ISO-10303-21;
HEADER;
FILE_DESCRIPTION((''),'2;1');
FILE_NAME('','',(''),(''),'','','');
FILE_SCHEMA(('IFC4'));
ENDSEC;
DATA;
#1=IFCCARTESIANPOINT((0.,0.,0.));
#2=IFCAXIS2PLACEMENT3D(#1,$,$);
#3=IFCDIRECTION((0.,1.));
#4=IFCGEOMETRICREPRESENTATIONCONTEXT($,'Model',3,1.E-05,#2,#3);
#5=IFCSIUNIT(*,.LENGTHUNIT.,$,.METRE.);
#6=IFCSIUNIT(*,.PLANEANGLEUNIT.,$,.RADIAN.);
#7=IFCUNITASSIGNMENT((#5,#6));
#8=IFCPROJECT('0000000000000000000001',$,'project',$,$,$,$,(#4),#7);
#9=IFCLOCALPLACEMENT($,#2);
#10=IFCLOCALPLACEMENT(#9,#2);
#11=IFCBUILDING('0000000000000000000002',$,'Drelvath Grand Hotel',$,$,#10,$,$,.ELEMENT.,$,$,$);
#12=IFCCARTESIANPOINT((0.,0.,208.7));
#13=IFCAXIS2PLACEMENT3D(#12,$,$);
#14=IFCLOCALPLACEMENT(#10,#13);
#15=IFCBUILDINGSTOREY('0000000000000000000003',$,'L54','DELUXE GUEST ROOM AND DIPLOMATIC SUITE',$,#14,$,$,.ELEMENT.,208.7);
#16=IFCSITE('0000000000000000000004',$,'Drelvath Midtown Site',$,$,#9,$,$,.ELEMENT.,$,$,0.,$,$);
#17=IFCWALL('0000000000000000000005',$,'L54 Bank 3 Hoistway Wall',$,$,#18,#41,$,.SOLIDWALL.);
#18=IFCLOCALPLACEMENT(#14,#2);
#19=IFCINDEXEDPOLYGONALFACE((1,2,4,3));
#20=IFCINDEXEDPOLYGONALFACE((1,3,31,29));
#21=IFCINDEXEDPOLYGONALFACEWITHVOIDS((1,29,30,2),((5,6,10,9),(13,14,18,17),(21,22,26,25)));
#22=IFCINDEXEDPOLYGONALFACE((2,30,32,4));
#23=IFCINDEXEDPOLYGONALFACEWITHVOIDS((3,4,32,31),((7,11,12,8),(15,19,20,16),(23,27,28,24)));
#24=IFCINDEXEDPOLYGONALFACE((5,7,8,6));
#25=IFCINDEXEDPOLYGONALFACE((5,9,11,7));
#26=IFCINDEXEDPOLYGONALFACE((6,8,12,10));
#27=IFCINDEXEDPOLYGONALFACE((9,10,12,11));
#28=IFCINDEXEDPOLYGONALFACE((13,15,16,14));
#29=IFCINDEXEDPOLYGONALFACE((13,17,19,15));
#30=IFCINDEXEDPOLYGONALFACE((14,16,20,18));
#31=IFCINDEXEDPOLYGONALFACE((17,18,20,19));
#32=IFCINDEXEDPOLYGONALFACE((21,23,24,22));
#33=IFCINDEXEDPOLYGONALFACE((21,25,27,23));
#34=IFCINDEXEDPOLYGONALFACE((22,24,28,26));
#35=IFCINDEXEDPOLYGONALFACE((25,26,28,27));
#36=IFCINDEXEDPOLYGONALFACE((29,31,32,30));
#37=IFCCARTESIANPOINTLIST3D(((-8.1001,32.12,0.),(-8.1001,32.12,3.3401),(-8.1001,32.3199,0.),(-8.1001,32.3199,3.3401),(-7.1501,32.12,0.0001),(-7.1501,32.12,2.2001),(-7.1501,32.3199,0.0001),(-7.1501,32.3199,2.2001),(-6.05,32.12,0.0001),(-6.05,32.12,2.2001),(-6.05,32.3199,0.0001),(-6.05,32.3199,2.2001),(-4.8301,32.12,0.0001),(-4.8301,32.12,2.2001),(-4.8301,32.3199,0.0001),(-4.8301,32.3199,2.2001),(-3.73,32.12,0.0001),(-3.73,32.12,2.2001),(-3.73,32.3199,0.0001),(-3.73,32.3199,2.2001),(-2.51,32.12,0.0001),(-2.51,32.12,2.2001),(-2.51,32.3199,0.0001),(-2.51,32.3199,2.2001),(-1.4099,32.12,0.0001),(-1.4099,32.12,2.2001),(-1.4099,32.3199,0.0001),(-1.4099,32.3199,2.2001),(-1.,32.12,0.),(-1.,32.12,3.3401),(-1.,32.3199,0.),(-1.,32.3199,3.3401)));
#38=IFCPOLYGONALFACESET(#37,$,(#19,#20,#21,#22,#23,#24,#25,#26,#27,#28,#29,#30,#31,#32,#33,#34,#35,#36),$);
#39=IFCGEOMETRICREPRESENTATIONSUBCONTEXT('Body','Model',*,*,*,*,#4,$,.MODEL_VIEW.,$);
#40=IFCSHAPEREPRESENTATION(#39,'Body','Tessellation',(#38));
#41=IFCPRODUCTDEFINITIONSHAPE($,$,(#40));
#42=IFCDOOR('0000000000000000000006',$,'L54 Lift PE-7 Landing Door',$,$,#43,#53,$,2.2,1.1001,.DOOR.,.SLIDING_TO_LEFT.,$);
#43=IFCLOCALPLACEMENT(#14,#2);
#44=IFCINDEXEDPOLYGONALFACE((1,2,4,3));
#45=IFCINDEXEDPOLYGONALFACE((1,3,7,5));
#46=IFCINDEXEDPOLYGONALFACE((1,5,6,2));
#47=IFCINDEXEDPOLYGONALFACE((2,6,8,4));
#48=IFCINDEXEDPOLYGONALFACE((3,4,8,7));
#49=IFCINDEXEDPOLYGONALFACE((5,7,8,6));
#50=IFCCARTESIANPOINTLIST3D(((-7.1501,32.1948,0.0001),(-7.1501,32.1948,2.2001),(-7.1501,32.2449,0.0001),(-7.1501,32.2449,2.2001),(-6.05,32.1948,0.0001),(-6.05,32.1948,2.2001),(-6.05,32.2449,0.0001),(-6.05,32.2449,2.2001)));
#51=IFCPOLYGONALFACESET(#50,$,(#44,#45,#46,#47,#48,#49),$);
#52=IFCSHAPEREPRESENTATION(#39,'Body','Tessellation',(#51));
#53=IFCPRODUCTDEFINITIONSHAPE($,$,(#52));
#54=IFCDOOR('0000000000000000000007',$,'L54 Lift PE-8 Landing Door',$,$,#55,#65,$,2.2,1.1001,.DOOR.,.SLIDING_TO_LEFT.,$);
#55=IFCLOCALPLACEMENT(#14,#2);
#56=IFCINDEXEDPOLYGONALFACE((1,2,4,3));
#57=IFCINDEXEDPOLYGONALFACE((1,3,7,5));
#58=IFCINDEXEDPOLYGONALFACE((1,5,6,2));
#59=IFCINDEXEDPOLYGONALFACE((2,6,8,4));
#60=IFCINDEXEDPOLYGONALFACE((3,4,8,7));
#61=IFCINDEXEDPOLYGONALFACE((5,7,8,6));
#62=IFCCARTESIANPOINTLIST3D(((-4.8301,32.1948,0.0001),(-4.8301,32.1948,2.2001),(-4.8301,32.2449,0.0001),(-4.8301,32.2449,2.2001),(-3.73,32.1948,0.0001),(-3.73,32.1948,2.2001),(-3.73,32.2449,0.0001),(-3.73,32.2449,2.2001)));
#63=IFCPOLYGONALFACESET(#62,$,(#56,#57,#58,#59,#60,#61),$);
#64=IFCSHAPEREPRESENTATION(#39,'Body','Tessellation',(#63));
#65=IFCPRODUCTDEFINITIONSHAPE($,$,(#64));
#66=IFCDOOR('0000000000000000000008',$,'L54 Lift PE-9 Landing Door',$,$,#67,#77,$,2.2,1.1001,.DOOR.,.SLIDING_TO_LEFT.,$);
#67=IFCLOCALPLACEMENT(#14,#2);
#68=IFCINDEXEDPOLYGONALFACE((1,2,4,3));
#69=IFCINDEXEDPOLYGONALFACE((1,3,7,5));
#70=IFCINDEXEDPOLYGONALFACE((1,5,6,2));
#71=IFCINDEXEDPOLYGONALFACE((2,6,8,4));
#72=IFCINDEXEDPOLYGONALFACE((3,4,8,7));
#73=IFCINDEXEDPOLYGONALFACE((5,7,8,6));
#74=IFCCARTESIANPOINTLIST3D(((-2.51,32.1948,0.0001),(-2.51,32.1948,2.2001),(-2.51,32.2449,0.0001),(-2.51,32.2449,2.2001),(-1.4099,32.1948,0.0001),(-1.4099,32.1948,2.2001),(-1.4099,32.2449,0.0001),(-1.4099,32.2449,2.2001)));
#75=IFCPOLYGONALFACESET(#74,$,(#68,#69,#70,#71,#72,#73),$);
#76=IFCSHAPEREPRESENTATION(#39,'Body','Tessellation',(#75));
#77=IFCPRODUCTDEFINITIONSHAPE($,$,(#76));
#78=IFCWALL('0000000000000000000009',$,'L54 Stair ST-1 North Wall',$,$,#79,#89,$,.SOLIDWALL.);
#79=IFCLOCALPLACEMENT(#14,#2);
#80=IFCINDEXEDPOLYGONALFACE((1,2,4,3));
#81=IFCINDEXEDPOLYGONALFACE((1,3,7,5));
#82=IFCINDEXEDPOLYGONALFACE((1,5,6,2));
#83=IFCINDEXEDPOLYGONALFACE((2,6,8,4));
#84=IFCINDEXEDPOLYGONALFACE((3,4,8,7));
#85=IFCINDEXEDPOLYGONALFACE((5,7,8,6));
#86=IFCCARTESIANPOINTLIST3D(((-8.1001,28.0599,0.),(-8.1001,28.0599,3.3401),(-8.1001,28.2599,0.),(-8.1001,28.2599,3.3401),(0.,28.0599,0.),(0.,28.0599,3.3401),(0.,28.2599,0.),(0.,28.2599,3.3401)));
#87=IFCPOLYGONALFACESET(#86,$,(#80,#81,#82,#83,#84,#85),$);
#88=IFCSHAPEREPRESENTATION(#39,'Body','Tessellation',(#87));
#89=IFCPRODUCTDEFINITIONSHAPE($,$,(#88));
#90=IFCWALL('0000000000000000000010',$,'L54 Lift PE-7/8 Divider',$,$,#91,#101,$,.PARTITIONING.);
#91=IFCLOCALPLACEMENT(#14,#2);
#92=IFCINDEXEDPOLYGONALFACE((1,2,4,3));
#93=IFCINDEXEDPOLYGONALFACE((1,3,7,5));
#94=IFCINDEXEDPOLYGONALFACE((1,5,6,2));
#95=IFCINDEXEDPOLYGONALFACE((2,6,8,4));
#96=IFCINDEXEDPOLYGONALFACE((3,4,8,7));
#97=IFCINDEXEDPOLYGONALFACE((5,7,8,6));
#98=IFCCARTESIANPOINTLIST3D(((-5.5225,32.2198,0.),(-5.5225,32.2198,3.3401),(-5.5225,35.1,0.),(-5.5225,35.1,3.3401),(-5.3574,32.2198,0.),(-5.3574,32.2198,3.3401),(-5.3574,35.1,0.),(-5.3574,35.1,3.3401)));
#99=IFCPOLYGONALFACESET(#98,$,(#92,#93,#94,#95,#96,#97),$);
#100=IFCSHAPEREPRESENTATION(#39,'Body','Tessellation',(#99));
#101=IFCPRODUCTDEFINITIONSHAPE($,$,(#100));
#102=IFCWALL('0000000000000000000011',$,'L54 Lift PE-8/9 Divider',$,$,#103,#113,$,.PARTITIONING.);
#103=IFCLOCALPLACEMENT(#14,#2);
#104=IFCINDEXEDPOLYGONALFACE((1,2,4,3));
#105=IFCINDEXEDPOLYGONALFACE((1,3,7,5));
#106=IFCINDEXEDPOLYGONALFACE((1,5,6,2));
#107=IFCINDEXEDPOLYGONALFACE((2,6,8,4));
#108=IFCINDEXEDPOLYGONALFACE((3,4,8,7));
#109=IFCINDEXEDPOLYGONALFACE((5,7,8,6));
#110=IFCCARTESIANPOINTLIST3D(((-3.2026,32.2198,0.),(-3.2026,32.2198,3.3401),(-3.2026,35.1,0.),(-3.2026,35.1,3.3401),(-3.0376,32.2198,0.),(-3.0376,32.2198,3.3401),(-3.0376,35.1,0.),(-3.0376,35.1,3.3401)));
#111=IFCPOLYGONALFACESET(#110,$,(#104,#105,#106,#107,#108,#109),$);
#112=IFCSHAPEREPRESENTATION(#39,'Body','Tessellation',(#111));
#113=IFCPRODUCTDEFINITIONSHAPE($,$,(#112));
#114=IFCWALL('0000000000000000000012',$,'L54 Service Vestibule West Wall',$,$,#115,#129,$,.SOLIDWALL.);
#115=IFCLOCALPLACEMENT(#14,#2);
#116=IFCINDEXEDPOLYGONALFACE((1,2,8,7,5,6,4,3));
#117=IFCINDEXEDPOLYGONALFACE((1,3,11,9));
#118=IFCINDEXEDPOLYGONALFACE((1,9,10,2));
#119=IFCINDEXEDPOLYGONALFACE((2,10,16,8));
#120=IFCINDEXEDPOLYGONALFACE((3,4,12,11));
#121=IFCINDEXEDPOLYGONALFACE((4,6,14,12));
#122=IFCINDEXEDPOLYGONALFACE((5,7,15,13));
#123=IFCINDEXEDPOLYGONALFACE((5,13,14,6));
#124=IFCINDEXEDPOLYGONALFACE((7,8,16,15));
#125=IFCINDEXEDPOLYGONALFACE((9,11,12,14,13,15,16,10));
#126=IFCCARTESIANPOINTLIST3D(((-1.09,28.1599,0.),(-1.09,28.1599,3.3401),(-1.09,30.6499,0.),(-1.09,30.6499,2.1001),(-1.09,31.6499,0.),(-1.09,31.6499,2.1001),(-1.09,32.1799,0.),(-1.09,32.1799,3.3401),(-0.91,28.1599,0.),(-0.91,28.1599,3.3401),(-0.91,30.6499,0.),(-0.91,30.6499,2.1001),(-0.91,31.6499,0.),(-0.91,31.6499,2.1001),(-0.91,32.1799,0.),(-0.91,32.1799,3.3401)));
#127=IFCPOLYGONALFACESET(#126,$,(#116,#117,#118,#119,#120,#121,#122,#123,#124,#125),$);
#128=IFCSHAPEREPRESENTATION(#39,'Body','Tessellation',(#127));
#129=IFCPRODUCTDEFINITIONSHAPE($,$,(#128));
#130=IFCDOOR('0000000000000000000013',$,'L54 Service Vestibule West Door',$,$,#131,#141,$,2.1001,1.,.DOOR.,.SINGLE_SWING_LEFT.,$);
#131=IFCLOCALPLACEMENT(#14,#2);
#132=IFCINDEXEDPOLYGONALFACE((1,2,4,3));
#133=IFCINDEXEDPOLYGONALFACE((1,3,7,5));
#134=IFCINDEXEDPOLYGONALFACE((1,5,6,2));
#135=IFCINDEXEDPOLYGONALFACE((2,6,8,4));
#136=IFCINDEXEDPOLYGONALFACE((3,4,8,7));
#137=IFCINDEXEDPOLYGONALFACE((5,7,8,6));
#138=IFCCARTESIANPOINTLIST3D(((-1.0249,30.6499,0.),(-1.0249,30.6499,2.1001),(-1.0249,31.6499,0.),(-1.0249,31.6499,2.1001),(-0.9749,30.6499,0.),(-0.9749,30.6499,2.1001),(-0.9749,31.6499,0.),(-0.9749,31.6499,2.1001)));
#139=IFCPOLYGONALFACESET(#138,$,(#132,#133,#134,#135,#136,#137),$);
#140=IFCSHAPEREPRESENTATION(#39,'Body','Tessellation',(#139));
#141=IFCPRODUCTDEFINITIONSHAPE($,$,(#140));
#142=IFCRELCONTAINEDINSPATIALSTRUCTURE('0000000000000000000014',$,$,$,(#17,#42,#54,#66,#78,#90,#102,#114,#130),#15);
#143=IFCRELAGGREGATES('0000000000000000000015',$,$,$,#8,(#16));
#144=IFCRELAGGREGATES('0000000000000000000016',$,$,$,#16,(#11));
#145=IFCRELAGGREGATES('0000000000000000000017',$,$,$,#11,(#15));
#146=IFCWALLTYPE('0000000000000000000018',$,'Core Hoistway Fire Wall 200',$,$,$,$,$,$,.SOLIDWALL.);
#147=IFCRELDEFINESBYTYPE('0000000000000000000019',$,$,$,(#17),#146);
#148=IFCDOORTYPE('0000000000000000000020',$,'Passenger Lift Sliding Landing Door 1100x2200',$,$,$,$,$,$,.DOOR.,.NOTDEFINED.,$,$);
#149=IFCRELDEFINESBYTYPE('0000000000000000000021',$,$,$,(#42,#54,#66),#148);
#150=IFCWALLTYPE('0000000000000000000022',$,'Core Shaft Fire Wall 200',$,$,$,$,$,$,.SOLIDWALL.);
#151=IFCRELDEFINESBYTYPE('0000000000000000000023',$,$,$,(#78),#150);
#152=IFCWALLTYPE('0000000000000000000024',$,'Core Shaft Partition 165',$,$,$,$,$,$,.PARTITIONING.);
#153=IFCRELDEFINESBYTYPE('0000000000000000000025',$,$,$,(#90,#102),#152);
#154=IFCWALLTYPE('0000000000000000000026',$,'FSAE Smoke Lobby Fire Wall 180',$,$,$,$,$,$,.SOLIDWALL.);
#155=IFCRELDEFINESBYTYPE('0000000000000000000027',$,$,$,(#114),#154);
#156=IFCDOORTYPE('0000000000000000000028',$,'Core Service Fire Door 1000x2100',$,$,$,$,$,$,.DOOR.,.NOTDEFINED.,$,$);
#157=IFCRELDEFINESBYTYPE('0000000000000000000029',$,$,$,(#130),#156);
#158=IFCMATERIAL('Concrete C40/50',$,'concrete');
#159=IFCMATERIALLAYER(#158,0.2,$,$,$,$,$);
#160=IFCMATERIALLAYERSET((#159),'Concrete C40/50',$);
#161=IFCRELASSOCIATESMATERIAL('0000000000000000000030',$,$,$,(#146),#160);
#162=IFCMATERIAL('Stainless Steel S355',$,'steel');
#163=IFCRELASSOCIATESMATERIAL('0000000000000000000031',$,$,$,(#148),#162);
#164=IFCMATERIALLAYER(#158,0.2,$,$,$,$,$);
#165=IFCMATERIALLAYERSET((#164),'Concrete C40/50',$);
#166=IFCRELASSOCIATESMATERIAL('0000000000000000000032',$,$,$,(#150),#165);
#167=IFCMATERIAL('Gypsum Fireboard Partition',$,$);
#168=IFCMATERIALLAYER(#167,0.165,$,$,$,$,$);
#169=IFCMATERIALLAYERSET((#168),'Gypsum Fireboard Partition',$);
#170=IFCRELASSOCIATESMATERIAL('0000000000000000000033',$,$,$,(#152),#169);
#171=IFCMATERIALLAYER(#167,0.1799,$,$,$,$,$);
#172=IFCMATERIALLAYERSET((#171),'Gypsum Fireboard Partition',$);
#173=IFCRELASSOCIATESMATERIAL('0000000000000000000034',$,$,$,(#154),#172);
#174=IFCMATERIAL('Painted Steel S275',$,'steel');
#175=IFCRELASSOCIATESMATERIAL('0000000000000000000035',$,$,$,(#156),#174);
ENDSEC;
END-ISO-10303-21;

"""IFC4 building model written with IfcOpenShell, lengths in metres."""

from ifc_helpers import new_model, si_unit, direction, frame, frame_2d, origin, place, context, subcontext, project, spatial, rectangle, extrude, material, layer, layer_set, type_object, element, fill, save


model = new_model("IFC4")

# Units and contexts
model_context = context("Model", 3, precision=1e-05, world=origin(), true_north=direction((0.0, 1.0)))
body_context = subcontext(model_context, "Body", "Model", "MODEL_VIEW")
ifc_project = project(units=[si_unit("LENGTHUNIT", "METRE"), si_unit("PLANEANGLEUNIT", "RADIAN")], contexts=[model_context])

# Site, building, storey
site_placement = place(None, origin())
site = spatial("IfcSite", under=ifc_project, at=site_placement, Name="Drelvath Midtown Site", CompositionType="ELEMENT", RefElevation=0.0)
building_placement = place(site_placement, origin())
building = spatial("IfcBuilding", under=site, at=building_placement, Name="Drelvath Grand Hotel", CompositionType="ELEMENT")
storey_placement = place(building_placement, frame((0.0, 0.0, 208.7)))
storey = spatial("IfcBuildingStorey", under=building, at=storey_placement, Name="L54", Description="DELUXE GUEST ROOM AND DIPLOMATIC SUITE", CompositionType="ELEMENT", Elevation=208.7)

# Shared definitions
ifc_material_1 = material(Name="Painted Steel S275", Category="steel")

# Wall, openings, doors
ifc_material_2 = material(Name="Concrete C40/50", Category="concrete")
ifc_layer_1 = layer(ifc_material_2, 0.2)
ifc_layer_set_1 = layer_set([ifc_layer_1], Name="Concrete C40/50")
wall_type_1 = type_object("IfcWallType", Name="Core Hoistway Fire Wall 200", PredefinedType="SOLIDWALL", material=ifc_layer_set_1)
ifc_material_3 = material(Name="Stainless Steel S355", Category="steel")
wall_1_placement = place(storey_placement, frame((-8.1001, 32.22, 0.0), z_axis=(0.0, 0.0, 1.0), x_axis=(1.0, 0.0, 0.0)))
wall_1 = element("IfcWall", 1, at=wall_1_placement, inside=storey, type_object=wall_type_1, Name="L54 Bank 3 Hoistway Wall", PredefinedType="SOLIDWALL", context=body_context, shape_type="SweptSolid", body=[
    extrude(rectangle(XDim=7.1001, YDim=0.2, at=frame_2d((3.55, 0.0))), origin(), (0.0, 0.0, 1.0), 3.3401),
])
opening_1_placement = place(wall_1_placement, frame((0.95, 0.0, 0.0)))
opening_1 = element("IfcOpeningElement", 2, at=opening_1_placement, cuts=wall_1, PredefinedType="OPENING", context=body_context, shape_type="SweptSolid", body=[
    extrude(rectangle(XDim=1.1001, YDim=2.2, at=frame_2d((0.55, 1.1001))), frame((0.0, 0.1099, 0.0), z_axis=(0.0, -1.0, 0.0), x_axis=(1.0, 0.0, 0.0)), (0.0, 0.0, 1.0), 0.22),
])
opening_2_placement = place(wall_1_placement, frame((3.27, 0.0, 0.0)))
opening_2 = element("IfcOpeningElement", 3, at=opening_2_placement, cuts=wall_1, PredefinedType="OPENING", context=body_context, shape_type="SweptSolid", body=[
    extrude(rectangle(XDim=1.1001, YDim=2.2, at=frame_2d((0.55, 1.1001))), frame((0.0, 0.1099, 0.0), z_axis=(0.0, -1.0, 0.0), x_axis=(1.0, 0.0, 0.0)), (0.0, 0.0, 1.0), 0.22),
])
opening_3_placement = place(wall_1_placement, frame((5.5901, 0.0, 0.0)))
opening_3 = element("IfcOpeningElement", 4, at=opening_3_placement, cuts=wall_1, PredefinedType="OPENING", context=body_context, shape_type="SweptSolid", body=[
    extrude(rectangle(XDim=1.1001, YDim=2.2, at=frame_2d((0.55, 1.1001))), frame((0.0, 0.1099, 0.0), z_axis=(0.0, -1.0, 0.0), x_axis=(1.0, 0.0, 0.0)), (0.0, 0.0, 1.0), 0.22),
])
door_type_1 = type_object("IfcDoorType", Name="Passenger Lift Sliding Landing Door 1100x2200", OperationType="NOTDEFINED", PredefinedType="DOOR", material=ifc_material_3)
door_1_placement = place(opening_1_placement, origin())
door_1 = element("IfcDoor", 5, at=door_1_placement, inside=storey, type_object=door_type_1, Name="L54 Lift PE-7 Landing Door", OperationType="SLIDING_TO_LEFT", OverallHeight=2.2, OverallWidth=1.1001, PredefinedType="DOOR", context=body_context, shape_type="SweptSolid", body=[
    extrude(rectangle(XDim=1.1001, YDim=2.2, at=frame_2d((0.55, 1.1001))), frame((0.0, 0.0249, 0.0), z_axis=(0.0, -1.0, 0.0), x_axis=(1.0, 0.0, 0.0)), (0.0, 0.0, 1.0), 0.05),
])
fill(opening_1, door_1)
door_2_placement = place(opening_2_placement, origin())
door_2 = element("IfcDoor", 6, at=door_2_placement, inside=storey, type_object=door_type_1, Name="L54 Lift PE-8 Landing Door", OperationType="SLIDING_TO_LEFT", OverallHeight=2.2, OverallWidth=1.1001, PredefinedType="DOOR", context=body_context, shape_type="SweptSolid", body=[
    extrude(rectangle(XDim=1.1001, YDim=2.2, at=frame_2d((0.55, 1.1001))), frame((0.0, 0.0249, 0.0), z_axis=(0.0, -1.0, 0.0), x_axis=(1.0, 0.0, 0.0)), (0.0, 0.0, 1.0), 0.05),
])
fill(opening_2, door_2)
door_3_placement = place(opening_3_placement, origin())
door_3 = element("IfcDoor", 7, at=door_3_placement, inside=storey, type_object=door_type_1, Name="L54 Lift PE-9 Landing Door", OperationType="SLIDING_TO_LEFT", OverallHeight=2.2, OverallWidth=1.1001, PredefinedType="DOOR", context=body_context, shape_type="SweptSolid", body=[
    extrude(rectangle(XDim=1.1001, YDim=2.2, at=frame_2d((0.55, 1.1001))), frame((0.0, 0.0249, 0.0), z_axis=(0.0, -1.0, 0.0), x_axis=(1.0, 0.0, 0.0)), (0.0, 0.0, 1.0), 0.05),
])
fill(opening_3, door_3)

# Walls
ifc_layer_2 = layer(ifc_material_2, 0.2)
ifc_layer_set_2 = layer_set([ifc_layer_2], Name="Concrete C40/50")
wall_type_2 = type_object("IfcWallType", Name="Core Shaft Fire Wall 200", PredefinedType="SOLIDWALL", material=ifc_layer_set_2)
wall_2_placement = place(storey_placement, frame((-8.1001, 28.1599, 0.0), z_axis=(0.0, 0.0, 1.0), x_axis=(1.0, 0.0, 0.0)))
element("IfcWall", 8, at=wall_2_placement, inside=storey, type_object=wall_type_2, Name="L54 Stair ST-1 North Wall", PredefinedType="SOLIDWALL", context=body_context, shape_type="SweptSolid", body=[
    extrude(rectangle(XDim=8.1001, YDim=0.2, at=frame_2d((4.05, 0.0))), origin(), (0.0, 0.0, 1.0), 3.3401),
])
ifc_material_4 = material(Name="Gypsum Fireboard Partition")
ifc_layer_3 = layer(ifc_material_4, 0.165)
ifc_layer_set_3 = layer_set([ifc_layer_3], Name="Gypsum Fireboard Partition")
wall_type_3 = type_object("IfcWallType", Name="Core Shaft Partition 165", PredefinedType="PARTITIONING", material=ifc_layer_set_3)
for number, where, z_axis, x_axis, name in (
    (9, (-5.4399, 32.22, 0.0), (0.0, 0.0, 1.0), (0.0, 1.0, 0.0), "L54 Lift PE-7/8 Divider"),
    (10, (-3.1201, 32.22, 0.0), (0.0, 0.0, 1.0), (0.0, 1.0, 0.0), "L54 Lift PE-8/9 Divider"),
):
    element("IfcWall", number, at=place(storey_placement, frame(where, z_axis=z_axis, x_axis=x_axis)), inside=storey, type_object=wall_type_3, Name=name, PredefinedType="PARTITIONING", context=body_context, shape_type="SweptSolid", body=[
        extrude(rectangle(XDim=2.8801, YDim=0.165, at=frame_2d((1.4399, 0.0))), origin(), (0.0, 0.0, 1.0), 3.3401),
    ])

# Wall, opening, door
ifc_layer_4 = layer(ifc_material_4, 0.1799)
ifc_layer_set_4 = layer_set([ifc_layer_4], Name="Gypsum Fireboard Partition")
wall_type_4 = type_object("IfcWallType", Name="FSAE Smoke Lobby Fire Wall 180", PredefinedType="SOLIDWALL", material=ifc_layer_set_4)
wall_3_placement = place(storey_placement, frame((-1.0, 28.1599, 0.0), z_axis=(0.0, 0.0, 1.0), x_axis=(0.0, 1.0, 0.0)))
wall_3 = element("IfcWall", 11, at=wall_3_placement, inside=storey, type_object=wall_type_4, Name="L54 Service Vestibule West Wall", PredefinedType="SOLIDWALL", context=body_context, shape_type="SweptSolid", body=[
    extrude(rectangle(XDim=4.02, YDim=0.1799, at=frame_2d((2.01, 0.0))), origin(), (0.0, 0.0, 1.0), 3.3401),
])
opening_4_placement = place(wall_3_placement, frame((2.49, 0.0, 0.0)))
opening_4 = element("IfcOpeningElement", 12, at=opening_4_placement, cuts=wall_3, PredefinedType="OPENING", context=body_context, shape_type="SweptSolid", body=[
    extrude(rectangle(XDim=1.0, YDim=2.1001, at=frame_2d((0.5, 1.05))), frame((0.0, 0.0999, 0.0), z_axis=(0.0, -1.0, 0.0), x_axis=(1.0, 0.0, 0.0)), (0.0, 0.0, 1.0), 0.2),
])
door_type_2 = type_object("IfcDoorType", Name="Core Service Fire Door 1000x2100", OperationType="NOTDEFINED", PredefinedType="DOOR", material=ifc_material_1)
door_4_placement = place(opening_4_placement, origin())
door_4 = element("IfcDoor", 13, at=door_4_placement, inside=storey, type_object=door_type_2, Name="L54 Service Vestibule West Door", OperationType="SINGLE_SWING_LEFT", OverallHeight=2.1001, OverallWidth=1.0, PredefinedType="DOOR", context=body_context, shape_type="SweptSolid", body=[
    extrude(rectangle(XDim=1.0, YDim=2.1001, at=frame_2d((0.5, 1.05))), frame((0.0, 0.0249, 0.0), z_axis=(0.0, -1.0, 0.0), x_axis=(1.0, 0.0, 0.0)), (0.0, 0.0, 1.0), 0.05),
])
fill(opening_4, door_4)

save(model, "model.ifc")
